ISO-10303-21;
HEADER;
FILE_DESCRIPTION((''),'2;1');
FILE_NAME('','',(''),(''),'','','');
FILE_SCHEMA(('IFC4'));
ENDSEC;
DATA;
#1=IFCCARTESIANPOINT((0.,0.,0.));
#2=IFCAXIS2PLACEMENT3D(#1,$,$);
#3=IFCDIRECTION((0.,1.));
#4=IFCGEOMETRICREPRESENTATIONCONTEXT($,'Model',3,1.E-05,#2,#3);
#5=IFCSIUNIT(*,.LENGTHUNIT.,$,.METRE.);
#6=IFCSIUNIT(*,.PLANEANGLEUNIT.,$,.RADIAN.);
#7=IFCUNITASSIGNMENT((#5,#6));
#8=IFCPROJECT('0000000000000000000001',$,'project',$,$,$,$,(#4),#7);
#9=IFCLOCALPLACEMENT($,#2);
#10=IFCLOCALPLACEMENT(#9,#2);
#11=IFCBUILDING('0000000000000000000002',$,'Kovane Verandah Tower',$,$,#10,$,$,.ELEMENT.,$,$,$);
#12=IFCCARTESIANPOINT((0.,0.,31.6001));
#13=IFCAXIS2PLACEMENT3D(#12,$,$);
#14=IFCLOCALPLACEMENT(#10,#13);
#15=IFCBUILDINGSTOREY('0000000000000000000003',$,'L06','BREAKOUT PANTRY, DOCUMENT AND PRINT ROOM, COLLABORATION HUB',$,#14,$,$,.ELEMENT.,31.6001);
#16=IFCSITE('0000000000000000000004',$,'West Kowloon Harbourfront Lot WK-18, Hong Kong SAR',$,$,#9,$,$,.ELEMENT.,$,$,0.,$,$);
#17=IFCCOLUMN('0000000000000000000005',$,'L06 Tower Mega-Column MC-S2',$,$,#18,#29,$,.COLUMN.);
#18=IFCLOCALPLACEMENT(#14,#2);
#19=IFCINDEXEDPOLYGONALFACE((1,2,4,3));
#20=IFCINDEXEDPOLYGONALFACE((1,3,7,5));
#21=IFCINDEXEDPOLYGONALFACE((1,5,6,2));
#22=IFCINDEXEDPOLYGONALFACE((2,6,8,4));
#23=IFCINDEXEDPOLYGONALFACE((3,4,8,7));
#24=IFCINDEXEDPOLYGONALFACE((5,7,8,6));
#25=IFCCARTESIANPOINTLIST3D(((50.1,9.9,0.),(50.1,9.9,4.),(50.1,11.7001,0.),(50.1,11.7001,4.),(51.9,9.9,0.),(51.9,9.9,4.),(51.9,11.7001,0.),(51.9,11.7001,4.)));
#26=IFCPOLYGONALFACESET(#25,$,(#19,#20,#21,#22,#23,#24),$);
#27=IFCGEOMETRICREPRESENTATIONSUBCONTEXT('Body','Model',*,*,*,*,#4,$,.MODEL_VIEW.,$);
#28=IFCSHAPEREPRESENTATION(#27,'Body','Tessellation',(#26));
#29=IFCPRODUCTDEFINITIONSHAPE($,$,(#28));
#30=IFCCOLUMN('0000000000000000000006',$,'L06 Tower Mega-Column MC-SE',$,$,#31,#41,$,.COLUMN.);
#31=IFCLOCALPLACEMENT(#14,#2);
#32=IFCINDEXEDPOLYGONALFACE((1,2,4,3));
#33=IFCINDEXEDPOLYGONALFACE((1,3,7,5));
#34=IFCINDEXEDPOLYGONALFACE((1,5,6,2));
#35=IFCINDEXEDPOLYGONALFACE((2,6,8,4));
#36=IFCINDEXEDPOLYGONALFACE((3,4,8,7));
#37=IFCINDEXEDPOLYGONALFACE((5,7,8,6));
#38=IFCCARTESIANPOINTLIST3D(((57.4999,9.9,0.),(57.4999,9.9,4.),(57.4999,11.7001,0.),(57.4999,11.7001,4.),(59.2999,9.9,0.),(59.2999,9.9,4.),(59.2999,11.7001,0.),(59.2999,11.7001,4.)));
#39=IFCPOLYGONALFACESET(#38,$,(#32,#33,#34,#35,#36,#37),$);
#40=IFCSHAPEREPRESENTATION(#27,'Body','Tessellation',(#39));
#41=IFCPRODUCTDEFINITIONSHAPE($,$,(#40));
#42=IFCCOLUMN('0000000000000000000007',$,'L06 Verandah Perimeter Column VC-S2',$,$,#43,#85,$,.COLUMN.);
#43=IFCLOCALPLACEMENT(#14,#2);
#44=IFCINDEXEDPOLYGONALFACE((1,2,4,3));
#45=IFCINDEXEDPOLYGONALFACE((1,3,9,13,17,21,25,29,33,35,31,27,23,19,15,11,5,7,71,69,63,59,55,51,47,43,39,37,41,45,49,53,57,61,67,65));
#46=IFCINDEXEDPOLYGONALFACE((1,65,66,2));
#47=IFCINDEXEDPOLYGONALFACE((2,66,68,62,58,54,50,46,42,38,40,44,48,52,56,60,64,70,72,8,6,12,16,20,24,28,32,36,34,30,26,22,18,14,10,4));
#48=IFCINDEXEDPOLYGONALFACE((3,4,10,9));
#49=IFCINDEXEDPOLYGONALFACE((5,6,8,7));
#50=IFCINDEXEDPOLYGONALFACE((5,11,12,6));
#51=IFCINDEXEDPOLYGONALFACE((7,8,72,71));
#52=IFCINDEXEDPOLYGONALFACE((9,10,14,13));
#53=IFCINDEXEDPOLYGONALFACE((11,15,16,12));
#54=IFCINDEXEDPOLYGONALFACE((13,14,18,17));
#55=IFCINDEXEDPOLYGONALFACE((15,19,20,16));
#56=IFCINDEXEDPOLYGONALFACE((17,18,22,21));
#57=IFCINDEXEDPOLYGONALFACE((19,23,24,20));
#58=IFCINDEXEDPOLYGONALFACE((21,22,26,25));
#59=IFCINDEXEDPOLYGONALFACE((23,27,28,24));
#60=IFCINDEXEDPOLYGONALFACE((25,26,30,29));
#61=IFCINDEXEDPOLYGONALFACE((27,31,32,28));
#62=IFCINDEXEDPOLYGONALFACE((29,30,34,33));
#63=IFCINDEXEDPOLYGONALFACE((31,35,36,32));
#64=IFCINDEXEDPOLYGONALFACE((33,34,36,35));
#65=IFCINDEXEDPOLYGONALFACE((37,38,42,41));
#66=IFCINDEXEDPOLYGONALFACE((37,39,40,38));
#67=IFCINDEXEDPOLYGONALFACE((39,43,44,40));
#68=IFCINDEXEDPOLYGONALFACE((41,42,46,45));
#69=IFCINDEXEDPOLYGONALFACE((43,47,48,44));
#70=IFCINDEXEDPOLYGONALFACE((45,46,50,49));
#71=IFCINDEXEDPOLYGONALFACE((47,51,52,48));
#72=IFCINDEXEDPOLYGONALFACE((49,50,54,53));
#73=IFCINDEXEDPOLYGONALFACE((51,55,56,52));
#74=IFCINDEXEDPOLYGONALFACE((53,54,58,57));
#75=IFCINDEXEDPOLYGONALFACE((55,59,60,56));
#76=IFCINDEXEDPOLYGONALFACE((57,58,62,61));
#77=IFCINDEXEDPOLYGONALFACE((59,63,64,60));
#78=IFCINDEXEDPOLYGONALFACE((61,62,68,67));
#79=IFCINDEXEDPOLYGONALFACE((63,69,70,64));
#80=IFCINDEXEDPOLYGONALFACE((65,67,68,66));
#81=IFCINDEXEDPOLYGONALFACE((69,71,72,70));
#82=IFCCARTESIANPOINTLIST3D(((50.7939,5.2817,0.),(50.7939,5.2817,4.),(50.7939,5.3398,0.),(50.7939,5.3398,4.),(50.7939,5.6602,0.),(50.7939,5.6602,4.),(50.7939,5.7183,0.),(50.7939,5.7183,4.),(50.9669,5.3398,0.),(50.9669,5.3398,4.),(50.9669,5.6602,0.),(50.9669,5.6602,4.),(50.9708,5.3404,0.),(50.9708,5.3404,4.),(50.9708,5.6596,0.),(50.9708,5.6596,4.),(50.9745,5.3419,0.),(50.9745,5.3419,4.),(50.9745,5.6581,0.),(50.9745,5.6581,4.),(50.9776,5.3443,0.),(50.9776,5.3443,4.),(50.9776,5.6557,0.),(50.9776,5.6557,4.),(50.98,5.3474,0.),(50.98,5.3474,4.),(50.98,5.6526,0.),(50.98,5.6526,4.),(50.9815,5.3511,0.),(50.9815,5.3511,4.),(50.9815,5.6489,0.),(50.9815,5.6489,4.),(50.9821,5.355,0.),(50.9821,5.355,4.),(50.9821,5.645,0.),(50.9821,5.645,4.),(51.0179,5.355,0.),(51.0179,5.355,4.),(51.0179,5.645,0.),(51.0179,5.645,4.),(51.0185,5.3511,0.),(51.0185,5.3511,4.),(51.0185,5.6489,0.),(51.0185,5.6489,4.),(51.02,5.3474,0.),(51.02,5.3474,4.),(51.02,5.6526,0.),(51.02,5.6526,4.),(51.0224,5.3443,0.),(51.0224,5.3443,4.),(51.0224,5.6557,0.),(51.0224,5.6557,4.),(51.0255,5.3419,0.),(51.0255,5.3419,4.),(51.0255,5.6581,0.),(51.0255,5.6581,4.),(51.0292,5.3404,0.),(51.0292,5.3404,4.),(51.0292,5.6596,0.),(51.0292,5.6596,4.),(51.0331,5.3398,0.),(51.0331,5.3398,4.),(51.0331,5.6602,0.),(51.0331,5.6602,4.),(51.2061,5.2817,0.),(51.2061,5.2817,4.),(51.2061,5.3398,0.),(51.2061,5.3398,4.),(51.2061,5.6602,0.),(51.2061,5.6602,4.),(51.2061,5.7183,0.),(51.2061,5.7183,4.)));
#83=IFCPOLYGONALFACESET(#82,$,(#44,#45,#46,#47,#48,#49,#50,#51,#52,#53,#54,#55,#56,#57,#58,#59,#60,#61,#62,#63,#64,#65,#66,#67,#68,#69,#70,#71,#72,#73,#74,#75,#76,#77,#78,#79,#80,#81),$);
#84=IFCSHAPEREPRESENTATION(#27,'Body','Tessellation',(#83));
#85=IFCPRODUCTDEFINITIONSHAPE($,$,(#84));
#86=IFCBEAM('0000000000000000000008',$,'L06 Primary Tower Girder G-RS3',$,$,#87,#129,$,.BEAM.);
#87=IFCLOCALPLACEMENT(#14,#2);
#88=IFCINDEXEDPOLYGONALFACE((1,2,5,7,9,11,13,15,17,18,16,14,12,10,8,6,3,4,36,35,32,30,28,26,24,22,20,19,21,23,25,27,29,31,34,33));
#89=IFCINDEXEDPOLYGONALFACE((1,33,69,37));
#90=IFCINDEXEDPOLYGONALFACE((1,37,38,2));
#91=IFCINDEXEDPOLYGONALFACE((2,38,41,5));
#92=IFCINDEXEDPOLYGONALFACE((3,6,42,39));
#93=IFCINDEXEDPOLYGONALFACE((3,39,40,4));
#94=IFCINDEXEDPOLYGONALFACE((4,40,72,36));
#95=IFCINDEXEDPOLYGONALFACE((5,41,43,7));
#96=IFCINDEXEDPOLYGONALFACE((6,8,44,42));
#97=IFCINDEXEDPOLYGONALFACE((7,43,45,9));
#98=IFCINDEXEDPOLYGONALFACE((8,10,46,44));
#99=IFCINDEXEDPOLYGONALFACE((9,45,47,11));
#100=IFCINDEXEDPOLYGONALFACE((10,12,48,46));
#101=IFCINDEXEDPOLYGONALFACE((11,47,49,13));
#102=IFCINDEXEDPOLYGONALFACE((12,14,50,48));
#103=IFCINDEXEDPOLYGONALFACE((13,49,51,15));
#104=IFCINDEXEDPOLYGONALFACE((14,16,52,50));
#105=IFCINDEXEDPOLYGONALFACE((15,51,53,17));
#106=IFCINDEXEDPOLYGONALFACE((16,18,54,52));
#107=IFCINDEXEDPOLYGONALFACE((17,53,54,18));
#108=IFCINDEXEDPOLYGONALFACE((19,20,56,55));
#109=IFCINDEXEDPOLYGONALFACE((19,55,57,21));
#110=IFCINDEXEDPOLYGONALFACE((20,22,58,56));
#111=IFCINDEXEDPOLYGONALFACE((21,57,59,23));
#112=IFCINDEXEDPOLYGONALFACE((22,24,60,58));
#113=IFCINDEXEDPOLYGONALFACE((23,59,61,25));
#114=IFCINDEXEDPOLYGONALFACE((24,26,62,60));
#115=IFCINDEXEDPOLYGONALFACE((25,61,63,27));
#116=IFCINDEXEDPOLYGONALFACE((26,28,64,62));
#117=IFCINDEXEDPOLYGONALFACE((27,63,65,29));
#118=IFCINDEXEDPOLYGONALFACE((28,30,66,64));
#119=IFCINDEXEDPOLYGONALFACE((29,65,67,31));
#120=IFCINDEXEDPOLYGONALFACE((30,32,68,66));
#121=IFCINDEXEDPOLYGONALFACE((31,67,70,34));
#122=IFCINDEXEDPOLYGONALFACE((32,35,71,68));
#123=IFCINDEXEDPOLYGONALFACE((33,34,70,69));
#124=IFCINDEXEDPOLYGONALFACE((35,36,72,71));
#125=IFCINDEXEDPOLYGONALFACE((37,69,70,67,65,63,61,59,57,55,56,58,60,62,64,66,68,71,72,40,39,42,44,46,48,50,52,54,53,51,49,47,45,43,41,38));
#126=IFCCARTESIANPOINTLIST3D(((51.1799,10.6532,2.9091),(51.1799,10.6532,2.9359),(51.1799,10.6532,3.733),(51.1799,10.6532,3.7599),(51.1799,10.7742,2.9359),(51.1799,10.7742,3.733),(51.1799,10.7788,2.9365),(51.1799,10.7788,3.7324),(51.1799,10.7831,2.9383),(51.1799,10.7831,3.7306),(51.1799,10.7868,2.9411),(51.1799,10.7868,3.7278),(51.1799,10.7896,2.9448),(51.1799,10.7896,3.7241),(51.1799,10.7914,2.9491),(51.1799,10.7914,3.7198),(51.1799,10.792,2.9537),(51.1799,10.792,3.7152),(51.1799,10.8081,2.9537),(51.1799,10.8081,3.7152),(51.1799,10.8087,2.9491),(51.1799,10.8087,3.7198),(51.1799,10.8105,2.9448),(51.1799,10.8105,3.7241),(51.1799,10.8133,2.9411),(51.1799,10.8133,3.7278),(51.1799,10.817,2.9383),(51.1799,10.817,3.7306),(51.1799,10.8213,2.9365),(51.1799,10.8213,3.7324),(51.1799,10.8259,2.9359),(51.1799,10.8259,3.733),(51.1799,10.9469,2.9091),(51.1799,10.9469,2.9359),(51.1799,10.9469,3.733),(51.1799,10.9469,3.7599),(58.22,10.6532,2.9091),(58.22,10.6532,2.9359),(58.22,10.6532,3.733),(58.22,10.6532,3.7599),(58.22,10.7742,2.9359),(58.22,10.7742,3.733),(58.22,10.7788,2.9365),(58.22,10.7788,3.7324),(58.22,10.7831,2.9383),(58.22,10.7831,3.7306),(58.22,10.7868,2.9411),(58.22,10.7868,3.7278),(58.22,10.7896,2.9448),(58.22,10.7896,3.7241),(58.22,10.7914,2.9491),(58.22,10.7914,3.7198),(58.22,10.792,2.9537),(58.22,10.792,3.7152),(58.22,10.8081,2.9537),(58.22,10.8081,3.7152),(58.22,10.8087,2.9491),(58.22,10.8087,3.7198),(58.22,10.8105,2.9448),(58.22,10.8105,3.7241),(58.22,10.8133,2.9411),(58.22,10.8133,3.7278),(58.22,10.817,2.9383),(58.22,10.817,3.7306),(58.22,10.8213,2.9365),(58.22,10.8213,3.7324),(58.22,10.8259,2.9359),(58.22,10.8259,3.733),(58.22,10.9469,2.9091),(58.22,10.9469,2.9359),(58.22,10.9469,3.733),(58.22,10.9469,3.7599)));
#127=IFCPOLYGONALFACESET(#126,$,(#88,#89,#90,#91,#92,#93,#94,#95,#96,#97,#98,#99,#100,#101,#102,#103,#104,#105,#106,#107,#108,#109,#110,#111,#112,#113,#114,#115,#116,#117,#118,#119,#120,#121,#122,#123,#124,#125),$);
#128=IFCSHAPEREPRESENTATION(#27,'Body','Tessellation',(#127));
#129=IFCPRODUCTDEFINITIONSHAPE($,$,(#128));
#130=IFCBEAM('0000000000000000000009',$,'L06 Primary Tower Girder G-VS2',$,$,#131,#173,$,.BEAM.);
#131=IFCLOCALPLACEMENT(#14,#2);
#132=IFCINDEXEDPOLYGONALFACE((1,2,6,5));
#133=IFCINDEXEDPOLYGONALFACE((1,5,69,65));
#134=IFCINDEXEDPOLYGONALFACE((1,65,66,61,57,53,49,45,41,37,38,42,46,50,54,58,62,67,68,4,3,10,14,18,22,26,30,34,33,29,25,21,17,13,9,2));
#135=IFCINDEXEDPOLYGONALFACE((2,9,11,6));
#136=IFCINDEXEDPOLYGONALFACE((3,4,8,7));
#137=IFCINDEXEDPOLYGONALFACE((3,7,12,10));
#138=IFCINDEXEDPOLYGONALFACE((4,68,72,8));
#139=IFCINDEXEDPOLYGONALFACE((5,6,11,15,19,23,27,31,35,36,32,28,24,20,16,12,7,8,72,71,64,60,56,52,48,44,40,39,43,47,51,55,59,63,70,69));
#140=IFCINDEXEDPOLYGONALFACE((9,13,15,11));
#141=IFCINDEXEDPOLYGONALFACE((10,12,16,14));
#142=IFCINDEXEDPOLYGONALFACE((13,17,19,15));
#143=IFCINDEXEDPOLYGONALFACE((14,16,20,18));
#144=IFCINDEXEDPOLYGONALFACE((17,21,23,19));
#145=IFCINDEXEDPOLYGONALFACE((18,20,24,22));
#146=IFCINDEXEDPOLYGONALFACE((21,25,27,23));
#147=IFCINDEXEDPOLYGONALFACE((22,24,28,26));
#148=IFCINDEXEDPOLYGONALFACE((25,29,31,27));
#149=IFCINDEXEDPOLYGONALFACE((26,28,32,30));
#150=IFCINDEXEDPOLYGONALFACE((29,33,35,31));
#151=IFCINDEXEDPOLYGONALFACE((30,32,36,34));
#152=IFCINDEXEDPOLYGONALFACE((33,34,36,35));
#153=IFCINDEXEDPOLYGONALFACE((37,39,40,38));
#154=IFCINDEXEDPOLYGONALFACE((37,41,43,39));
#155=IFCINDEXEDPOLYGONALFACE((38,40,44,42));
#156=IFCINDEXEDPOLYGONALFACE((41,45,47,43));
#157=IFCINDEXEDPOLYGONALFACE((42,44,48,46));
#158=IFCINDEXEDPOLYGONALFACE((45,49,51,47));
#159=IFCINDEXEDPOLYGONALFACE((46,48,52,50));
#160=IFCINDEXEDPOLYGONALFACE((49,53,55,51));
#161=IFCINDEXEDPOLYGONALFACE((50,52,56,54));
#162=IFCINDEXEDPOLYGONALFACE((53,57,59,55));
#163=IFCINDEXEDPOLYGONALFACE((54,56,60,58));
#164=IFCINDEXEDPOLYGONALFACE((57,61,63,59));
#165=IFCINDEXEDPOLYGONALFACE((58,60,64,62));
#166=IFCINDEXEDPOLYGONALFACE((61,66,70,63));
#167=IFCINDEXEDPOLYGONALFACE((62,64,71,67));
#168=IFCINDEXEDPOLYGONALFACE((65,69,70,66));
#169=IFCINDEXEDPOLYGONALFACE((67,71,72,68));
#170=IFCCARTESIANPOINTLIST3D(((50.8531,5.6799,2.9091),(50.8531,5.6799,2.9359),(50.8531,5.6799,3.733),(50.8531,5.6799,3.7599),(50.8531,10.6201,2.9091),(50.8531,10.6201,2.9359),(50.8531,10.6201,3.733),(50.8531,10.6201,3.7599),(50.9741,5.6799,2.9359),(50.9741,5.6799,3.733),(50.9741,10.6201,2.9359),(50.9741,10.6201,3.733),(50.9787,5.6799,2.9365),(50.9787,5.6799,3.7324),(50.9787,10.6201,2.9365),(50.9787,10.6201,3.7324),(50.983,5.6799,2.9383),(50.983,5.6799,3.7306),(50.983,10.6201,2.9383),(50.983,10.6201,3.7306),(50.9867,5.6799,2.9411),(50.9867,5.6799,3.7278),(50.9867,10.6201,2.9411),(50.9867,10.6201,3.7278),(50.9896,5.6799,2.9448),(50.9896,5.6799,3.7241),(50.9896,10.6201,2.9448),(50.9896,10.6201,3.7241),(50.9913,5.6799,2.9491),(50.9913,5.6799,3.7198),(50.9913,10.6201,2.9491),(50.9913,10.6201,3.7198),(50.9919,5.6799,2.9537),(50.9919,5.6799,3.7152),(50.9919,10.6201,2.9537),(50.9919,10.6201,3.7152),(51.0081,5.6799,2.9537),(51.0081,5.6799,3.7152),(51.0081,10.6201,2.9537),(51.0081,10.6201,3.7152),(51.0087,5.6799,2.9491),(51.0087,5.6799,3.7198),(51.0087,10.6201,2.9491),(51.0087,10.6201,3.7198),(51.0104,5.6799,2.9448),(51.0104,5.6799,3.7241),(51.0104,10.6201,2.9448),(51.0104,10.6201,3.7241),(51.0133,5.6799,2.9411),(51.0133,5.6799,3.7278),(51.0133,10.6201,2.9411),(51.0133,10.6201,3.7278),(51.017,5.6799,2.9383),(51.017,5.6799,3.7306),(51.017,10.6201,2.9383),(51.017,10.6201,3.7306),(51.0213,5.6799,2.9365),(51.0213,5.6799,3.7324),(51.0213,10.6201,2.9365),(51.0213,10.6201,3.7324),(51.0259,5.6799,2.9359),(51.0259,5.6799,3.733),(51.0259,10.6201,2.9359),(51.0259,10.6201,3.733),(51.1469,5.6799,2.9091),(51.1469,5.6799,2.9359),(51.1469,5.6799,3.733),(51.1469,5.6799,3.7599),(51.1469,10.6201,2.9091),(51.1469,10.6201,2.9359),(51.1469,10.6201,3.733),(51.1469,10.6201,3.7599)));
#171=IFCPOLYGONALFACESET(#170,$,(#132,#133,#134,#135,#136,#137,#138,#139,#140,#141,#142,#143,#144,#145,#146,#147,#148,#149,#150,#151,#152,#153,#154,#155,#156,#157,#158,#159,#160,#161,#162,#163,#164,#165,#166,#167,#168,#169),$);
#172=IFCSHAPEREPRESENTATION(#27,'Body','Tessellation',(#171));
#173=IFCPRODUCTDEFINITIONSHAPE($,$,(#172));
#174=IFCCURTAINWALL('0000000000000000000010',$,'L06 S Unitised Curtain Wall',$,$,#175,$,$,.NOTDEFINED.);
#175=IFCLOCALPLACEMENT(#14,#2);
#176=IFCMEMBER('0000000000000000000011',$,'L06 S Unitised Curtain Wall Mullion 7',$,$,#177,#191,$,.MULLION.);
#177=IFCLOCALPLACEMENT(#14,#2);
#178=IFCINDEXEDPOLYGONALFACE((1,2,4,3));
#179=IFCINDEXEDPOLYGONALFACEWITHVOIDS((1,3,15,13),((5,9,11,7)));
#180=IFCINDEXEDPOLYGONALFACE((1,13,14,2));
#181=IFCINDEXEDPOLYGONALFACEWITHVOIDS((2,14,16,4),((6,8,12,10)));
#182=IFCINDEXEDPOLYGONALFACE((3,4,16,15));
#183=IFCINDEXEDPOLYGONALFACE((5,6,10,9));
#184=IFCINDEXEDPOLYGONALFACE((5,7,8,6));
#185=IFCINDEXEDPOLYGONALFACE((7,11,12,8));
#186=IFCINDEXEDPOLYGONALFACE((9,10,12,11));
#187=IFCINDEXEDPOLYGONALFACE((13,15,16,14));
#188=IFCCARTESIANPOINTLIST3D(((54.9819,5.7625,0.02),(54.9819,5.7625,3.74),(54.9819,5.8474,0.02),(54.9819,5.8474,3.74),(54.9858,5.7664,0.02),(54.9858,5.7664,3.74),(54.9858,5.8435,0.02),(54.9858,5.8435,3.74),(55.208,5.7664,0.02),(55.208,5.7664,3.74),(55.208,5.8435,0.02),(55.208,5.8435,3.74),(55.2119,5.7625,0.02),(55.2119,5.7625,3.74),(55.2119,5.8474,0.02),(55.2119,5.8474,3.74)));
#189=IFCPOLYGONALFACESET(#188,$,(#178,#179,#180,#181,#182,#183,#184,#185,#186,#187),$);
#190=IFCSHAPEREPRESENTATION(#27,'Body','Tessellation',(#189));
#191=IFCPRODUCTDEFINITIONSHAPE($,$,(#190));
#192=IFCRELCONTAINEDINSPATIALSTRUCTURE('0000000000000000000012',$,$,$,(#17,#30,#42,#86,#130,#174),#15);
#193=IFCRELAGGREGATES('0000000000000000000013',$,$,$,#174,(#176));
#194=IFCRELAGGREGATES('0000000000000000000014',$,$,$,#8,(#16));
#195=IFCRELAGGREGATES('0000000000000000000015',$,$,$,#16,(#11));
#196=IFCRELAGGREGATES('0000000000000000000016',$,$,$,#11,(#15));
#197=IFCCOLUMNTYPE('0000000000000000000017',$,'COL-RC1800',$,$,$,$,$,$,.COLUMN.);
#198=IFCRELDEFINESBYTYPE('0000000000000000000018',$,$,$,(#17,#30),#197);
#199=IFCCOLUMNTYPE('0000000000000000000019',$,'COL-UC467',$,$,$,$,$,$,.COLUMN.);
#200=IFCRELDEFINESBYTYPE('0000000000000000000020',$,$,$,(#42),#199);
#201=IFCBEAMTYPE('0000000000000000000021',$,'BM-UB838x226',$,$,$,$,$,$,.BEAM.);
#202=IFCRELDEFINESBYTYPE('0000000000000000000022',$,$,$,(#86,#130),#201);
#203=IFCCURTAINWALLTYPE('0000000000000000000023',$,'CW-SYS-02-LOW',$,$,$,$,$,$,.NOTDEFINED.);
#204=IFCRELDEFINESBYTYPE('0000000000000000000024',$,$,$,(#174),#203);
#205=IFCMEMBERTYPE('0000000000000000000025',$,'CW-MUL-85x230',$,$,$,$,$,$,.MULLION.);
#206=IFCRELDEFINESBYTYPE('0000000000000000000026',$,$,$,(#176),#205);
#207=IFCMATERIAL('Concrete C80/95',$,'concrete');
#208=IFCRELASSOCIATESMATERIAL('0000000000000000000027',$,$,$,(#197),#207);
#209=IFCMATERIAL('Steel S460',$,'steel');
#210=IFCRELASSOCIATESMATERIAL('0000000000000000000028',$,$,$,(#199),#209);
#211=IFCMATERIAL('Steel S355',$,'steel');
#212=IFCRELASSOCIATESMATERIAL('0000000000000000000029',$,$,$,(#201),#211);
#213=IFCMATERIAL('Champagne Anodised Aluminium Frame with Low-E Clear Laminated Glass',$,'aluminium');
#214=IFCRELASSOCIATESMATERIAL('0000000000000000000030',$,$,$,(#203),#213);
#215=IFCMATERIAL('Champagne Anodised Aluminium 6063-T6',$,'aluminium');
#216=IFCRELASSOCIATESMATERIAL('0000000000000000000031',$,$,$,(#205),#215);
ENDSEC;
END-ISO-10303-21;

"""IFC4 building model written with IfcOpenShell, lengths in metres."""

from ifc_helpers import new_model, si_unit, direction, frame, origin, origin_2d, place, context, subcontext, project, spatial, rectangle, hollow_rectangle, i_section, extrude, material, material_profile, profile_set, type_object, element, aggregate, save


model = new_model("IFC4")

# Units and contexts
model_context = context("Model", 3, precision=1e-05, world=origin(), true_north=direction((0.0, 1.0)))
body_context = subcontext(model_context, "Body", "Model", "MODEL_VIEW")
ifc_project = project(units=[si_unit("LENGTHUNIT", "METRE"), si_unit("PLANEANGLEUNIT", "RADIAN")], contexts=[model_context])

# Site, building, storey
site_placement = place(None, origin())
site = spatial("IfcSite", under=ifc_project, at=site_placement, Name="West Kowloon Harbourfront Lot WK-18, Hong Kong SAR", CompositionType="ELEMENT", RefElevation=0.0)
building_placement = place(site_placement, origin())
building = spatial("IfcBuilding", under=site, at=building_placement, Name="Kovane Verandah Tower", CompositionType="ELEMENT")
storey_placement = place(building_placement, frame((0.0, 0.0, 31.6001)))
storey = spatial("IfcBuildingStorey", under=building, at=storey_placement, Name="L06", Description="BREAKOUT PANTRY, DOCUMENT AND PRINT ROOM, COLLABORATION HUB", CompositionType="ELEMENT", Elevation=31.6001)

# Columns
ifc_material_1 = material(Name="Concrete C80/95", Category="concrete")
ifc_material_profile_1 = material_profile(ifc_material_1, rectangle(XDim=1.8, YDim=1.8, at=origin_2d()), Name="RC1800x1800")
ifc_profile_set_1 = profile_set([ifc_material_profile_1], Name="Concrete C80/95")
column_type_1 = type_object("IfcColumnType", Name="COL-RC1800", PredefinedType="COLUMN", material=ifc_profile_set_1)
for number, where, z_axis, x_axis, name in (
    (1, (51.0, 10.8, 0.0), (0.0, 0.0, 1.0), (1.0, 0.0, 0.0), "L06 Tower Mega-Column MC-S2"),
    (2, (58.3999, 10.8, 0.0), (0.0, 0.0, 1.0), (1.0, 0.0, 0.0), "L06 Tower Mega-Column MC-SE"),
):
    element("IfcColumn", number, at=place(storey_placement, frame(where, z_axis=z_axis, x_axis=x_axis)), inside=storey, type_object=column_type_1, Name=name, PredefinedType="COLUMN", context=body_context, shape_type="SweptSolid", body=[
        extrude(rectangle(XDim=1.8, YDim=1.8, at=origin_2d()), origin(), (0.0, 0.0, 1.0), 4.0),
    ])
ifc_material_2 = material(Name="Steel S460", Category="steel")
ifc_material_profile_2 = material_profile(ifc_material_2, i_section(OverallWidth=0.4121, OverallDepth=0.4365, WebThickness=0.0359, FlangeThickness=0.0581, FilletRadius=0.0151, at=origin_2d()), Name="UC356x406x467")
ifc_profile_set_2 = profile_set([ifc_material_profile_2], Name="Steel S460")
column_type_2 = type_object("IfcColumnType", Name="COL-UC467", PredefinedType="COLUMN", material=ifc_profile_set_2)
column_placement = place(storey_placement, frame((51.0, 5.5, 0.0), z_axis=(0.0, 0.0, 1.0), x_axis=(1.0, 0.0, 0.0)))
element("IfcColumn", 3, at=column_placement, inside=storey, type_object=column_type_2, Name="L06 Verandah Perimeter Column VC-S2", PredefinedType="COLUMN", context=body_context, shape_type="SweptSolid", body=[
    extrude(i_section(OverallWidth=0.4121, OverallDepth=0.4365, WebThickness=0.0359, FlangeThickness=0.0581, FilletRadius=0.0151, at=origin_2d()), origin(), (0.0, 0.0, 1.0), 4.0),
])

# Beams
ifc_material_3 = material(Name="Steel S355", Category="steel")
ifc_material_profile_3 = material_profile(ifc_material_3, i_section(OverallWidth=0.2937, OverallDepth=0.8508, WebThickness=0.0161, FlangeThickness=0.0269, FilletRadius=0.0178, at=origin_2d()), Name="UB838x292x226")
ifc_profile_set_3 = profile_set([ifc_material_profile_3], Name="Steel S355")
beam_type_1 = type_object("IfcBeamType", Name="BM-UB838x226", PredefinedType="BEAM", material=ifc_profile_set_3)
beam_1_placement = place(storey_placement, frame((51.1799, 10.8, 3.3345), z_axis=(1.0, 0.0, 0.0), x_axis=(0.0, 1.0, 0.0)))
element("IfcBeam", 4, at=beam_1_placement, inside=storey, type_object=beam_type_1, Name="L06 Primary Tower Girder G-RS3", PredefinedType="BEAM", context=body_context, shape_type="SweptSolid", body=[
    extrude(i_section(OverallWidth=0.2937, OverallDepth=0.8508, WebThickness=0.0161, FlangeThickness=0.0269, FilletRadius=0.0178, at=origin_2d()), origin(), (0.0, 0.0, 1.0), 7.04),
])
beam_2_placement = place(storey_placement, frame((51.0, 10.6201, 3.3345), z_axis=(0.0, -1.0, 0.0), x_axis=(1.0, 0.0, 0.0)))
element("IfcBeam", 5, at=beam_2_placement, inside=storey, type_object=beam_type_1, Name="L06 Primary Tower Girder G-VS2", PredefinedType="BEAM", context=body_context, shape_type="SweptSolid", body=[
    extrude(i_section(OverallWidth=0.2937, OverallDepth=0.8508, WebThickness=0.0161, FlangeThickness=0.0269, FilletRadius=0.0178, at=origin_2d()), origin(), (0.0, 0.0, 1.0), 4.9402),
])

# Curtain wall, member
ifc_material_4 = material(Name="Champagne Anodised Aluminium Frame with Low-E Clear Laminated Glass", Category="aluminium")
curtain_wall_type = type_object("IfcCurtainWallType", Name="CW-SYS-02-LOW", PredefinedType="NOTDEFINED", material=ifc_material_4)
curtain_wall_placement = place(storey_placement, origin())
curtain_wall = element("IfcCurtainWall", 6, at=curtain_wall_placement, inside=storey, type_object=curtain_wall_type, Name="L06 S Unitised Curtain Wall", PredefinedType="NOTDEFINED")
ifc_material_5 = material(Name="Champagne Anodised Aluminium 6063-T6", Category="aluminium")
ifc_material_profile_4 = material_profile(ifc_material_5, hollow_rectangle(XDim=0.085, YDim=0.23, WallThickness=0.0039, at=origin_2d()), Name="AL85x230x4")
ifc_profile_set_4 = profile_set([ifc_material_profile_4], Name="Champagne Anodised Aluminium 6063-T6")
member_type_1 = type_object("IfcMemberType", Name="CW-MUL-85x230", PredefinedType="MULLION", material=ifc_profile_set_4)
member_1_placement = place(storey_placement, frame((55.0969, 5.8049, 0.02), z_axis=(0.0, 0.0, 1.0), x_axis=(0.0, -1.0, 0.0)))
member_1 = element("IfcMember", 7, at=member_1_placement, type_object=member_type_1, Name="L06 S Unitised Curtain Wall Mullion 7", PredefinedType="MULLION", context=body_context, shape_type="SweptSolid", body=[
    extrude(hollow_rectangle(XDim=0.085, YDim=0.23, WallThickness=0.0039, at=origin_2d()), origin(), (0.0, 0.0, 1.0), 3.72),
])

aggregate(curtain_wall, [member_1])

save(model, "model.ifc")
